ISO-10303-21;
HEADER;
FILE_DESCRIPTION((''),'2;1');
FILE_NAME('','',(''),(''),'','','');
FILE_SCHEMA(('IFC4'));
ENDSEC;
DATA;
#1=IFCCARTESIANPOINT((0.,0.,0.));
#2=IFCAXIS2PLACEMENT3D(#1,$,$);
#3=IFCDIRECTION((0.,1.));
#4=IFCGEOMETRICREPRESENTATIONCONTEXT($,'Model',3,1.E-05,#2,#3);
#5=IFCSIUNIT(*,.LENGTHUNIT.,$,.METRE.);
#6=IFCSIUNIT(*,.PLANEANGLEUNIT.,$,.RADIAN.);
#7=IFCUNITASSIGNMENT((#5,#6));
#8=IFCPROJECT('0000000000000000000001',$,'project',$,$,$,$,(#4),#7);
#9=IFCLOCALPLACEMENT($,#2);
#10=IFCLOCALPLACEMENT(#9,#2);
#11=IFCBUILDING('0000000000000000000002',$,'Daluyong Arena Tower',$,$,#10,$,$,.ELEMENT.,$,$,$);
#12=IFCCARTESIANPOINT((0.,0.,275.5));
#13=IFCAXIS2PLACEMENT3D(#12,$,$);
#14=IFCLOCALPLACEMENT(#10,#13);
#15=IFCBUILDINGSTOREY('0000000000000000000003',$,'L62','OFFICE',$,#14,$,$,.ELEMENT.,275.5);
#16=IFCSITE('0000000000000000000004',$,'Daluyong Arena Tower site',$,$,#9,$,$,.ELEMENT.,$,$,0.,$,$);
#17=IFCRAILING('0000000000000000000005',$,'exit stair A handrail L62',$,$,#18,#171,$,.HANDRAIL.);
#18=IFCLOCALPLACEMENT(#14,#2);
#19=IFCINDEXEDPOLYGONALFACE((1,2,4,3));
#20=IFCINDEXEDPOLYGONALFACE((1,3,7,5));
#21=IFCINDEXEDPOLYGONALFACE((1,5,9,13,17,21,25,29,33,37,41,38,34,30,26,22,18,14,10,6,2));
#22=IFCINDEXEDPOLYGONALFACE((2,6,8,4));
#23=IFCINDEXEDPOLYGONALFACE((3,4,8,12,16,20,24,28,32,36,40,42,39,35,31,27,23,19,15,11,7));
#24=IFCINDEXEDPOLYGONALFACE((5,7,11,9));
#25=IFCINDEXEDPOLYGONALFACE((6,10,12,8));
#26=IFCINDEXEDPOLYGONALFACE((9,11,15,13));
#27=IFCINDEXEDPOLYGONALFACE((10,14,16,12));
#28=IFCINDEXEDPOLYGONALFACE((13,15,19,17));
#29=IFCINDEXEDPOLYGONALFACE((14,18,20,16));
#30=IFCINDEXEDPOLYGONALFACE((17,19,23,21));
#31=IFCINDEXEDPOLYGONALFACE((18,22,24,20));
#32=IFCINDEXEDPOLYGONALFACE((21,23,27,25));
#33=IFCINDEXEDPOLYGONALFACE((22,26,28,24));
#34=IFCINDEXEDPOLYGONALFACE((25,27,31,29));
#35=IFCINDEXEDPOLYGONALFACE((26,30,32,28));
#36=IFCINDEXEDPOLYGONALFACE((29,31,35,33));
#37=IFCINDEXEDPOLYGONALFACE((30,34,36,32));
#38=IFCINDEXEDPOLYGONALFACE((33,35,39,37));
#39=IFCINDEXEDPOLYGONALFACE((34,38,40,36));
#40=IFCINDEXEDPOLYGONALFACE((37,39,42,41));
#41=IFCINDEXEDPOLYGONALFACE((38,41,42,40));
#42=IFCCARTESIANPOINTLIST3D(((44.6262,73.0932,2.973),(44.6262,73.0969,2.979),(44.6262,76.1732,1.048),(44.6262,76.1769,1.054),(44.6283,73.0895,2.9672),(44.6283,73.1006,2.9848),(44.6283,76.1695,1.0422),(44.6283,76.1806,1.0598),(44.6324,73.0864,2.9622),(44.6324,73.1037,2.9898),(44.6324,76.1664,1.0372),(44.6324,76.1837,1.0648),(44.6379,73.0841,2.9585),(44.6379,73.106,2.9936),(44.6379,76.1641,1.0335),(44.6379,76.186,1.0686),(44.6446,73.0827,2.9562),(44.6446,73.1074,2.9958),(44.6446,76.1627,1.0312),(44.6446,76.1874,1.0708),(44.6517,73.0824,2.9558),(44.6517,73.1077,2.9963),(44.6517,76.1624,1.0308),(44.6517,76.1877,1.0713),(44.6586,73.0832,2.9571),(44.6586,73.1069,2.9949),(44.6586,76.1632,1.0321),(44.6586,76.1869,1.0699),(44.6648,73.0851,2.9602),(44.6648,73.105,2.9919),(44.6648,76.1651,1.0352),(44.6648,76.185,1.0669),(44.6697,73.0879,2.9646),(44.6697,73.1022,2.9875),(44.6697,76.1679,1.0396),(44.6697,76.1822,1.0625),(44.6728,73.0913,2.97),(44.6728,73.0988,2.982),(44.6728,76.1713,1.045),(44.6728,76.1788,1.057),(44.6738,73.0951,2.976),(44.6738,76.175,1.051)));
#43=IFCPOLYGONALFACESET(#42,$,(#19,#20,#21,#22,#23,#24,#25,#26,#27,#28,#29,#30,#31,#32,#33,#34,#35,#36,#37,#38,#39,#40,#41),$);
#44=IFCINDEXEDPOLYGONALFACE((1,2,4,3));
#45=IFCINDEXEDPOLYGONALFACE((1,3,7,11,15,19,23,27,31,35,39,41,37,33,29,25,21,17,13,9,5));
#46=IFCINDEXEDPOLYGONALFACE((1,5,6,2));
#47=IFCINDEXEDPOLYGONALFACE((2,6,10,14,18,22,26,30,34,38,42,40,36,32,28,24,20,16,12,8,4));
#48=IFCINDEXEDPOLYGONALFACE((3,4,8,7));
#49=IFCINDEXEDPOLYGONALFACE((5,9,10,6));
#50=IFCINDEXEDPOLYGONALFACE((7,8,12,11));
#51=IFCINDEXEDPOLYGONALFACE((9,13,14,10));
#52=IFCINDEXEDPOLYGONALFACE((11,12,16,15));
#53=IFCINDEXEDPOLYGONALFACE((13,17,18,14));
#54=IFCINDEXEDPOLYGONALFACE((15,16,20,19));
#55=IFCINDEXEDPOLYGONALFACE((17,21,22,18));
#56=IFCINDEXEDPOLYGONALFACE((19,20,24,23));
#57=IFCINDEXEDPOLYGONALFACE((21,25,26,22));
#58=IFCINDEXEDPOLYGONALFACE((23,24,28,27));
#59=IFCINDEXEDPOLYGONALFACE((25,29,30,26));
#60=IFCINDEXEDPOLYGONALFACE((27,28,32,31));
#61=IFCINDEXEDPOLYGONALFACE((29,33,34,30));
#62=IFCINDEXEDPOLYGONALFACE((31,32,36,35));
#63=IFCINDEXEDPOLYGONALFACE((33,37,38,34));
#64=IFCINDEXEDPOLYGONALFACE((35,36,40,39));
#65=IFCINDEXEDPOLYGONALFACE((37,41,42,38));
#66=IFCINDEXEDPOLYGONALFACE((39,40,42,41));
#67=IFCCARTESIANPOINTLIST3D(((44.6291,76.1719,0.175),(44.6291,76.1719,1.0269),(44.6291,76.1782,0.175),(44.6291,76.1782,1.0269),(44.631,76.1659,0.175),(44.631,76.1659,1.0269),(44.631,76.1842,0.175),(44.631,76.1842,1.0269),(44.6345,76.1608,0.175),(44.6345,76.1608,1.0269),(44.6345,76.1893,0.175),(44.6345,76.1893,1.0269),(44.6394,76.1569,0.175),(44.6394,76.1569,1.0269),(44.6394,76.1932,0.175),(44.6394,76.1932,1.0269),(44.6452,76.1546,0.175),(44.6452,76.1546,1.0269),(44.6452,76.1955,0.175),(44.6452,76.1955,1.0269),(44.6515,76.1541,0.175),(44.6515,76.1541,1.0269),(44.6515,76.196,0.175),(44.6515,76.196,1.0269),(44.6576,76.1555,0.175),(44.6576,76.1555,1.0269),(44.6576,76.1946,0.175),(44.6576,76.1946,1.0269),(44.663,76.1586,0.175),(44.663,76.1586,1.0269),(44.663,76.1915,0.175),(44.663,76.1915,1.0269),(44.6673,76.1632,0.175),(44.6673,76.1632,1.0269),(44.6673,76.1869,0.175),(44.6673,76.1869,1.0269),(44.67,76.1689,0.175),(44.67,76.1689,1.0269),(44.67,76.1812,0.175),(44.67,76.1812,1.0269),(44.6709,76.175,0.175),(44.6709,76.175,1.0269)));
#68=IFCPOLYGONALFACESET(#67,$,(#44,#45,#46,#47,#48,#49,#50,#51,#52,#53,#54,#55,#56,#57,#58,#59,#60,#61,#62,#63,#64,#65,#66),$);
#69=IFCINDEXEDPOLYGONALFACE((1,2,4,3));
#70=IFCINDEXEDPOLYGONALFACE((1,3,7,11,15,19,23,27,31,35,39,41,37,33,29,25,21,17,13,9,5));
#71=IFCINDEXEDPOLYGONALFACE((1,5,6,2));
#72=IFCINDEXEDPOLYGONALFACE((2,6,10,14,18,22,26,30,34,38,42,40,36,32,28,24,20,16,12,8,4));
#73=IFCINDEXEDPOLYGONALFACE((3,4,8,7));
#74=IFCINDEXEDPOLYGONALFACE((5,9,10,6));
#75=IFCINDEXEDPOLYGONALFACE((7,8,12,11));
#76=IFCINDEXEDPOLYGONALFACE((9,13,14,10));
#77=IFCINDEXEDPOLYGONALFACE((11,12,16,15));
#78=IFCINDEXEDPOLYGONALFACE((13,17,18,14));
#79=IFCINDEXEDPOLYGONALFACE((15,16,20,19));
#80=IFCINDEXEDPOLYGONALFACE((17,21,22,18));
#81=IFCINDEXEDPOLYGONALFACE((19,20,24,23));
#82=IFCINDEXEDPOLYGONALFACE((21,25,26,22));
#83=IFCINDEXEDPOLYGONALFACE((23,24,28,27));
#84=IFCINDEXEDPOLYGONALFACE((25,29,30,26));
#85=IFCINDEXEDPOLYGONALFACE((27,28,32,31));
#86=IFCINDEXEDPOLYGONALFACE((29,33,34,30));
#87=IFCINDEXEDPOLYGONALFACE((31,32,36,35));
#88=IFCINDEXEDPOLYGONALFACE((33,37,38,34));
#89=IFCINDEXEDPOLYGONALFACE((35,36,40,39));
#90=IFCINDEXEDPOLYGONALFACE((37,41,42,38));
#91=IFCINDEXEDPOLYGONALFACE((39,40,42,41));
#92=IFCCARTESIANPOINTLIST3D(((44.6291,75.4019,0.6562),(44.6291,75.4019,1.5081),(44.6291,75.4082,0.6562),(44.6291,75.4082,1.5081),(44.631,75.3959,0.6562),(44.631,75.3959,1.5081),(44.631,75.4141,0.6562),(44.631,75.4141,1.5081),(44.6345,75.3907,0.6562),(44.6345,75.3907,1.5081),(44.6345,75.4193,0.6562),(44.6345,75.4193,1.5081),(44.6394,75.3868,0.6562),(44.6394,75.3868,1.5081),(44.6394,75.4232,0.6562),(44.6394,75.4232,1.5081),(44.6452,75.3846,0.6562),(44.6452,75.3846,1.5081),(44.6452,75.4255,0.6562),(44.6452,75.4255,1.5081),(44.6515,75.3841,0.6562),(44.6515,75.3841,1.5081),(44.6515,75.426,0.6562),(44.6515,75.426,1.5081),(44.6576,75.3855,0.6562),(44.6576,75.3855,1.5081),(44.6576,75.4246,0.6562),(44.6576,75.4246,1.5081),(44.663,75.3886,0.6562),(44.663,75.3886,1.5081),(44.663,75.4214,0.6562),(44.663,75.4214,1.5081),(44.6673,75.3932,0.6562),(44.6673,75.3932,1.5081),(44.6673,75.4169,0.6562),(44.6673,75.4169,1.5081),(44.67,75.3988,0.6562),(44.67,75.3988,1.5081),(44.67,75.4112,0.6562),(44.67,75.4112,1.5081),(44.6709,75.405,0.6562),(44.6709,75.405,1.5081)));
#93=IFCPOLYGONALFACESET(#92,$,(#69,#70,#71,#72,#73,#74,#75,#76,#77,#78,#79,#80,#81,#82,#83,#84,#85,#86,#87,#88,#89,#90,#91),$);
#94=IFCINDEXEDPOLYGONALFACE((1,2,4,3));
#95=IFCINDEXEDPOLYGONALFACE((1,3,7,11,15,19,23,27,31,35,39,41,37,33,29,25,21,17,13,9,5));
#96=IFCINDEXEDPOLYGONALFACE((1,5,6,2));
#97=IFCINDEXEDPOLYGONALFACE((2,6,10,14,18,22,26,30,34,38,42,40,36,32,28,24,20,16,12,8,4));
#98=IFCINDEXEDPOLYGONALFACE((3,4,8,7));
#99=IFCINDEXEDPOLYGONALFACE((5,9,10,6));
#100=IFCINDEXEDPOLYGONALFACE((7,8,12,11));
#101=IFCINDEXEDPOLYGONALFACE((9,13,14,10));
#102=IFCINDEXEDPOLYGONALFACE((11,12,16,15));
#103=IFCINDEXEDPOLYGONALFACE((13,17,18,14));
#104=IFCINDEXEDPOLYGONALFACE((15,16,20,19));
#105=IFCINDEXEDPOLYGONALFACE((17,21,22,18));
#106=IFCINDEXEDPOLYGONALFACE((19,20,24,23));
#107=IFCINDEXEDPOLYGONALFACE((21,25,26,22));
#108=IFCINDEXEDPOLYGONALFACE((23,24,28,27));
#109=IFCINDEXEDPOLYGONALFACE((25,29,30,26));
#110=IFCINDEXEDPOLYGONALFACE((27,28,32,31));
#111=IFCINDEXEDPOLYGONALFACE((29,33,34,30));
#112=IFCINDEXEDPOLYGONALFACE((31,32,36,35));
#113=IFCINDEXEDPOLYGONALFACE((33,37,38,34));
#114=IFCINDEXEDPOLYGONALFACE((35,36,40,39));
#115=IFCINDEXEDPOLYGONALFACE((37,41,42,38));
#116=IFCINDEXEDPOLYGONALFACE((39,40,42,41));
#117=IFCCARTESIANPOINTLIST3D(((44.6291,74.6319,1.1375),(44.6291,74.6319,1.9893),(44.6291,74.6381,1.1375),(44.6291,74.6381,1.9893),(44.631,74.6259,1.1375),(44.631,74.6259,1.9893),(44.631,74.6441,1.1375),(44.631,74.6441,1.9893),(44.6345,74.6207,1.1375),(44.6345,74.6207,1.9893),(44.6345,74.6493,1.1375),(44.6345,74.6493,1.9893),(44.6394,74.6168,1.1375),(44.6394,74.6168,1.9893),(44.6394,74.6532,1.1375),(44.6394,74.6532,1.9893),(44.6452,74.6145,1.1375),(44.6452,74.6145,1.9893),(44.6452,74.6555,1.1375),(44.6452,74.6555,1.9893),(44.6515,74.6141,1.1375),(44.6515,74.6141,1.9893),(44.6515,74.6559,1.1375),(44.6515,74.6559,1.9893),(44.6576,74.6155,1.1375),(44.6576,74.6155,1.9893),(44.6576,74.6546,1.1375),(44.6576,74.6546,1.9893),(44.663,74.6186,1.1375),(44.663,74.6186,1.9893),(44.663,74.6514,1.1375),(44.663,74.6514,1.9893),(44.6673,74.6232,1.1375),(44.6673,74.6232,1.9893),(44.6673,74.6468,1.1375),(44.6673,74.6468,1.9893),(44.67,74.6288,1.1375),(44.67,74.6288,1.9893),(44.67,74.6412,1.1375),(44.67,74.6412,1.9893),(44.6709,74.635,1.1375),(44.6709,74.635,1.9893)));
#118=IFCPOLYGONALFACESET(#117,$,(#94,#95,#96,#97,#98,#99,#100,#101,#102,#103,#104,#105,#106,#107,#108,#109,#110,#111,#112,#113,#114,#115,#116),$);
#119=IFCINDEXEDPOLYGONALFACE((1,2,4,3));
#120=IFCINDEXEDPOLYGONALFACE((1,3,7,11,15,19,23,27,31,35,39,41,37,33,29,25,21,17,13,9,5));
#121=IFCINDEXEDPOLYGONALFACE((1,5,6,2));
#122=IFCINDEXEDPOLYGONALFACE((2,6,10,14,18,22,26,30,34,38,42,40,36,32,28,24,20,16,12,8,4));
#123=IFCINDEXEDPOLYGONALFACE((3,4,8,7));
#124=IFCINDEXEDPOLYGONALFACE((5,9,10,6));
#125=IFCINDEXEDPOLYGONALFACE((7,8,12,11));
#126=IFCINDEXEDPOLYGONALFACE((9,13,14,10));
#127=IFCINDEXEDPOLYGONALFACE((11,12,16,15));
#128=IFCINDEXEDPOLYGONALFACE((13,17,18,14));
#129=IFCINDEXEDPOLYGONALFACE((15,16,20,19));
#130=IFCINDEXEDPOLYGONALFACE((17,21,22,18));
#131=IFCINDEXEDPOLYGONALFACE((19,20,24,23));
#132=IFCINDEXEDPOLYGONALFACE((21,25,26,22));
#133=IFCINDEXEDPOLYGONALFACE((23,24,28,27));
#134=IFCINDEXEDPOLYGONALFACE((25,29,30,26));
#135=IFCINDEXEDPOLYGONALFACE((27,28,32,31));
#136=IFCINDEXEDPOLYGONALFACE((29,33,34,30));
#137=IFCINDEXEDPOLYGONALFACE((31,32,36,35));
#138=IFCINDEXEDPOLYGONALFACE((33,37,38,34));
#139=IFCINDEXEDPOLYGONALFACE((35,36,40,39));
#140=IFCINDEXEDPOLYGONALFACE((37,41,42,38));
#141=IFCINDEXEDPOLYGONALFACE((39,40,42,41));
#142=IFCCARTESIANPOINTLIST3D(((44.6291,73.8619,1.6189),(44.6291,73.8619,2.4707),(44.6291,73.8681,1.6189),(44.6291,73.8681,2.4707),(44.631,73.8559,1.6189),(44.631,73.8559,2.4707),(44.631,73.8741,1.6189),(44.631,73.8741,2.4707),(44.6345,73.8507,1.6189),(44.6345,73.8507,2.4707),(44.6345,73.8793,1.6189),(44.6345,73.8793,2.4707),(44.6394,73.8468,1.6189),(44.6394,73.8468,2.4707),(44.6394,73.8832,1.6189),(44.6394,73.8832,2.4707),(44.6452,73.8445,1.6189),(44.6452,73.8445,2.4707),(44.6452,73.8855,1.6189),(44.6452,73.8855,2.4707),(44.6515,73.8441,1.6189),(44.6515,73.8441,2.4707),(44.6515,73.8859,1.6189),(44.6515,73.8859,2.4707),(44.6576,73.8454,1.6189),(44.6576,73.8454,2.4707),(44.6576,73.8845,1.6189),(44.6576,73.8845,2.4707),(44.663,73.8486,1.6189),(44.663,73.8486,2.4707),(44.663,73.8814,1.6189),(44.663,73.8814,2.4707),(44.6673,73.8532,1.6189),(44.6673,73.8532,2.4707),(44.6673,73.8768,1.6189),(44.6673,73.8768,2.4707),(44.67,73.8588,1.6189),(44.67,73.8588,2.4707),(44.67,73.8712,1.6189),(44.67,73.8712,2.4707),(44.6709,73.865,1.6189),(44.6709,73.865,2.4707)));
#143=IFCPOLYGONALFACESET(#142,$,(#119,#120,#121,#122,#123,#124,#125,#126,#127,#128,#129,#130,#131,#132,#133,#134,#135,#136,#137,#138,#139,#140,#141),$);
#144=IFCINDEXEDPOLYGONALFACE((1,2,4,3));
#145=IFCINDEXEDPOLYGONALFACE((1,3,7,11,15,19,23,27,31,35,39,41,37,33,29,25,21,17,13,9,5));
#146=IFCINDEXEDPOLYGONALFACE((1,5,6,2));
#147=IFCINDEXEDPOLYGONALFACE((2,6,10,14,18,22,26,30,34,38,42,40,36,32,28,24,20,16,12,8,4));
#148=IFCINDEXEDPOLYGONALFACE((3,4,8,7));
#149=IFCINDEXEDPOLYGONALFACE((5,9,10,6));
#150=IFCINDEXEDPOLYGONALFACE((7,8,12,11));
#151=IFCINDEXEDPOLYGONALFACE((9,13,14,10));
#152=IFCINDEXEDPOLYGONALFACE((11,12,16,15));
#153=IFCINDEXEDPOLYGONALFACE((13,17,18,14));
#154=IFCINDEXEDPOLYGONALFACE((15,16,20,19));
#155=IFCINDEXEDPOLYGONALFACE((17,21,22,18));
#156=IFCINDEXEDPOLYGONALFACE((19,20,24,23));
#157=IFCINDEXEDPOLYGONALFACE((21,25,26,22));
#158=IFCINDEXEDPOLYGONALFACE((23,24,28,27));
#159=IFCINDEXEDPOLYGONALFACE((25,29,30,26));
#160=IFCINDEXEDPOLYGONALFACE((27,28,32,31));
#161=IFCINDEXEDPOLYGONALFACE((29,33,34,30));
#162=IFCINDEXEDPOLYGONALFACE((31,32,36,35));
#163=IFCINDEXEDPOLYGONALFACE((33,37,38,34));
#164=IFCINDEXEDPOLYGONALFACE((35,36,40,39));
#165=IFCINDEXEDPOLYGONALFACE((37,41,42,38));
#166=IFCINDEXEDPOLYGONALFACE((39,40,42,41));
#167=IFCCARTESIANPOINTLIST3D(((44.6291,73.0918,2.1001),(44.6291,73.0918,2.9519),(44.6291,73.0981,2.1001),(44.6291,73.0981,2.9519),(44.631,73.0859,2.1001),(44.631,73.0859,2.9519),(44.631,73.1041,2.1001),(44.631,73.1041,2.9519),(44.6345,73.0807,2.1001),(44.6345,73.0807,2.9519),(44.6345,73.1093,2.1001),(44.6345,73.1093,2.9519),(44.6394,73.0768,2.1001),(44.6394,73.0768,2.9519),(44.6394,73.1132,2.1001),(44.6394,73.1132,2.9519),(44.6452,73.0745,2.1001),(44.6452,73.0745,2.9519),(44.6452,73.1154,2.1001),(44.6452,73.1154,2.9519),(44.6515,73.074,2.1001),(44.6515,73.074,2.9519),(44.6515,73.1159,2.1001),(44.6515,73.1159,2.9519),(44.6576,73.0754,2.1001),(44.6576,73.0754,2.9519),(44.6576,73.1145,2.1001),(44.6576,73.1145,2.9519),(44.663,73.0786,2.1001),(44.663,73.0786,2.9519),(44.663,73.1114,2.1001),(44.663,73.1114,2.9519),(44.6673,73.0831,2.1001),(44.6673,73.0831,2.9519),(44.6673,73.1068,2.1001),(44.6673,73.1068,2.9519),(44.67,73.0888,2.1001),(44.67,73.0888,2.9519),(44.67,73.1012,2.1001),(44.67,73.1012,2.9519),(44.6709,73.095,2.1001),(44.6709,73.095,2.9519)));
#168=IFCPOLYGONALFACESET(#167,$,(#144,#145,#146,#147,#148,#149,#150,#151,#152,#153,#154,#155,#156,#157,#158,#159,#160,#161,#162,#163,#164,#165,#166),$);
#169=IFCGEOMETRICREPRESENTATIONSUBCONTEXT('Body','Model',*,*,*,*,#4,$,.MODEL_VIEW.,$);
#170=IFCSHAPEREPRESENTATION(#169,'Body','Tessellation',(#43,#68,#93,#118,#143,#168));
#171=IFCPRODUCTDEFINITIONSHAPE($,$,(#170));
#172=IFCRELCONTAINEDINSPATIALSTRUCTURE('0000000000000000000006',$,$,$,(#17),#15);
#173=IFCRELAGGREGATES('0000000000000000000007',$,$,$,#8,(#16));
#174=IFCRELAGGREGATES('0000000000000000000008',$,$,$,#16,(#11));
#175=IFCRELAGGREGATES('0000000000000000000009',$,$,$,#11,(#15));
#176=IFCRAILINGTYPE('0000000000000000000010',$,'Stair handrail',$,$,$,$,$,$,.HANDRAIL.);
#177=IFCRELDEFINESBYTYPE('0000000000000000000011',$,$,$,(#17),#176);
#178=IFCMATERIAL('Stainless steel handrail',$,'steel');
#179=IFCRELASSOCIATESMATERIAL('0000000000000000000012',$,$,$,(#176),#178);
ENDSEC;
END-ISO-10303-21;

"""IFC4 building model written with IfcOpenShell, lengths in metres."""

from ifc_helpers import new_model, si_unit, direction, frame, origin, origin_2d, place, context, subcontext, project, spatial, circle, extrude, material, type_object, element, save


model = new_model("IFC4")

# Units and contexts
model_context = context("Model", 3, precision=1e-05, world=origin(), true_north=direction((0.0, 1.0)))
body_context = subcontext(model_context, "Body", "Model", "MODEL_VIEW")
ifc_project = project(units=[si_unit("LENGTHUNIT", "METRE"), si_unit("PLANEANGLEUNIT", "RADIAN")], contexts=[model_context])

# Site, building, storey
site_placement = place(None, origin())
site = spatial("IfcSite", under=ifc_project, at=site_placement, Name="Daluyong Arena Tower site", CompositionType="ELEMENT", RefElevation=0.0)
building_placement = place(site_placement, origin())
building = spatial("IfcBuilding", under=site, at=building_placement, Name="Daluyong Arena Tower", CompositionType="ELEMENT")
storey_placement = place(building_placement, frame((0.0, 0.0, 275.5)))
storey = spatial("IfcBuildingStorey", under=building, at=storey_placement, Name="L62", Description="OFFICE", CompositionType="ELEMENT", Elevation=275.5)

# Railing
ifc_material_1 = material(Name="Stainless steel handrail", Category="steel")
railing_type_1 = type_object("IfcRailingType", Name="Stair handrail", PredefinedType="HANDRAIL", material=ifc_material_1)
railing_1_placement = place(storey_placement, frame((44.6499, 76.175, 0.175)))
element("IfcRailing", 1, at=railing_1_placement, inside=storey, type_object=railing_type_1, Name="exit stair A handrail L62", PredefinedType="HANDRAIL", context=body_context, shape_type="SweptSolid", body=[
    extrude(circle(Radius=0.0239, at=origin_2d()), frame((0.0, 0.0, 0.876), z_axis=(0.0, -0.847998, 0.529999), x_axis=(1.0, 0.0, 0.0)), (0.0, 0.0, 1.0), 3.6321),
    extrude(circle(Radius=0.021, at=origin_2d()), origin(), (0.0, 0.0, 1.0), 0.8518),
    extrude(circle(Radius=0.021, at=origin_2d()), frame((0.0, -0.77, 0.4812)), (0.0, 0.0, 1.0), 0.8518),
    extrude(circle(Radius=0.021, at=origin_2d()), frame((0.0, -1.54, 0.9624)), (0.0, 0.0, 1.0), 0.8518),
    extrude(circle(Radius=0.021, at=origin_2d()), frame((0.0, -2.3101, 1.4438)), (0.0, 0.0, 1.0), 0.8518),
    extrude(circle(Radius=0.021, at=origin_2d()), frame((0.0, -3.0801, 1.925)), (0.0, 0.0, 1.0), 0.8518),
])

save(model, "model.ifc")
